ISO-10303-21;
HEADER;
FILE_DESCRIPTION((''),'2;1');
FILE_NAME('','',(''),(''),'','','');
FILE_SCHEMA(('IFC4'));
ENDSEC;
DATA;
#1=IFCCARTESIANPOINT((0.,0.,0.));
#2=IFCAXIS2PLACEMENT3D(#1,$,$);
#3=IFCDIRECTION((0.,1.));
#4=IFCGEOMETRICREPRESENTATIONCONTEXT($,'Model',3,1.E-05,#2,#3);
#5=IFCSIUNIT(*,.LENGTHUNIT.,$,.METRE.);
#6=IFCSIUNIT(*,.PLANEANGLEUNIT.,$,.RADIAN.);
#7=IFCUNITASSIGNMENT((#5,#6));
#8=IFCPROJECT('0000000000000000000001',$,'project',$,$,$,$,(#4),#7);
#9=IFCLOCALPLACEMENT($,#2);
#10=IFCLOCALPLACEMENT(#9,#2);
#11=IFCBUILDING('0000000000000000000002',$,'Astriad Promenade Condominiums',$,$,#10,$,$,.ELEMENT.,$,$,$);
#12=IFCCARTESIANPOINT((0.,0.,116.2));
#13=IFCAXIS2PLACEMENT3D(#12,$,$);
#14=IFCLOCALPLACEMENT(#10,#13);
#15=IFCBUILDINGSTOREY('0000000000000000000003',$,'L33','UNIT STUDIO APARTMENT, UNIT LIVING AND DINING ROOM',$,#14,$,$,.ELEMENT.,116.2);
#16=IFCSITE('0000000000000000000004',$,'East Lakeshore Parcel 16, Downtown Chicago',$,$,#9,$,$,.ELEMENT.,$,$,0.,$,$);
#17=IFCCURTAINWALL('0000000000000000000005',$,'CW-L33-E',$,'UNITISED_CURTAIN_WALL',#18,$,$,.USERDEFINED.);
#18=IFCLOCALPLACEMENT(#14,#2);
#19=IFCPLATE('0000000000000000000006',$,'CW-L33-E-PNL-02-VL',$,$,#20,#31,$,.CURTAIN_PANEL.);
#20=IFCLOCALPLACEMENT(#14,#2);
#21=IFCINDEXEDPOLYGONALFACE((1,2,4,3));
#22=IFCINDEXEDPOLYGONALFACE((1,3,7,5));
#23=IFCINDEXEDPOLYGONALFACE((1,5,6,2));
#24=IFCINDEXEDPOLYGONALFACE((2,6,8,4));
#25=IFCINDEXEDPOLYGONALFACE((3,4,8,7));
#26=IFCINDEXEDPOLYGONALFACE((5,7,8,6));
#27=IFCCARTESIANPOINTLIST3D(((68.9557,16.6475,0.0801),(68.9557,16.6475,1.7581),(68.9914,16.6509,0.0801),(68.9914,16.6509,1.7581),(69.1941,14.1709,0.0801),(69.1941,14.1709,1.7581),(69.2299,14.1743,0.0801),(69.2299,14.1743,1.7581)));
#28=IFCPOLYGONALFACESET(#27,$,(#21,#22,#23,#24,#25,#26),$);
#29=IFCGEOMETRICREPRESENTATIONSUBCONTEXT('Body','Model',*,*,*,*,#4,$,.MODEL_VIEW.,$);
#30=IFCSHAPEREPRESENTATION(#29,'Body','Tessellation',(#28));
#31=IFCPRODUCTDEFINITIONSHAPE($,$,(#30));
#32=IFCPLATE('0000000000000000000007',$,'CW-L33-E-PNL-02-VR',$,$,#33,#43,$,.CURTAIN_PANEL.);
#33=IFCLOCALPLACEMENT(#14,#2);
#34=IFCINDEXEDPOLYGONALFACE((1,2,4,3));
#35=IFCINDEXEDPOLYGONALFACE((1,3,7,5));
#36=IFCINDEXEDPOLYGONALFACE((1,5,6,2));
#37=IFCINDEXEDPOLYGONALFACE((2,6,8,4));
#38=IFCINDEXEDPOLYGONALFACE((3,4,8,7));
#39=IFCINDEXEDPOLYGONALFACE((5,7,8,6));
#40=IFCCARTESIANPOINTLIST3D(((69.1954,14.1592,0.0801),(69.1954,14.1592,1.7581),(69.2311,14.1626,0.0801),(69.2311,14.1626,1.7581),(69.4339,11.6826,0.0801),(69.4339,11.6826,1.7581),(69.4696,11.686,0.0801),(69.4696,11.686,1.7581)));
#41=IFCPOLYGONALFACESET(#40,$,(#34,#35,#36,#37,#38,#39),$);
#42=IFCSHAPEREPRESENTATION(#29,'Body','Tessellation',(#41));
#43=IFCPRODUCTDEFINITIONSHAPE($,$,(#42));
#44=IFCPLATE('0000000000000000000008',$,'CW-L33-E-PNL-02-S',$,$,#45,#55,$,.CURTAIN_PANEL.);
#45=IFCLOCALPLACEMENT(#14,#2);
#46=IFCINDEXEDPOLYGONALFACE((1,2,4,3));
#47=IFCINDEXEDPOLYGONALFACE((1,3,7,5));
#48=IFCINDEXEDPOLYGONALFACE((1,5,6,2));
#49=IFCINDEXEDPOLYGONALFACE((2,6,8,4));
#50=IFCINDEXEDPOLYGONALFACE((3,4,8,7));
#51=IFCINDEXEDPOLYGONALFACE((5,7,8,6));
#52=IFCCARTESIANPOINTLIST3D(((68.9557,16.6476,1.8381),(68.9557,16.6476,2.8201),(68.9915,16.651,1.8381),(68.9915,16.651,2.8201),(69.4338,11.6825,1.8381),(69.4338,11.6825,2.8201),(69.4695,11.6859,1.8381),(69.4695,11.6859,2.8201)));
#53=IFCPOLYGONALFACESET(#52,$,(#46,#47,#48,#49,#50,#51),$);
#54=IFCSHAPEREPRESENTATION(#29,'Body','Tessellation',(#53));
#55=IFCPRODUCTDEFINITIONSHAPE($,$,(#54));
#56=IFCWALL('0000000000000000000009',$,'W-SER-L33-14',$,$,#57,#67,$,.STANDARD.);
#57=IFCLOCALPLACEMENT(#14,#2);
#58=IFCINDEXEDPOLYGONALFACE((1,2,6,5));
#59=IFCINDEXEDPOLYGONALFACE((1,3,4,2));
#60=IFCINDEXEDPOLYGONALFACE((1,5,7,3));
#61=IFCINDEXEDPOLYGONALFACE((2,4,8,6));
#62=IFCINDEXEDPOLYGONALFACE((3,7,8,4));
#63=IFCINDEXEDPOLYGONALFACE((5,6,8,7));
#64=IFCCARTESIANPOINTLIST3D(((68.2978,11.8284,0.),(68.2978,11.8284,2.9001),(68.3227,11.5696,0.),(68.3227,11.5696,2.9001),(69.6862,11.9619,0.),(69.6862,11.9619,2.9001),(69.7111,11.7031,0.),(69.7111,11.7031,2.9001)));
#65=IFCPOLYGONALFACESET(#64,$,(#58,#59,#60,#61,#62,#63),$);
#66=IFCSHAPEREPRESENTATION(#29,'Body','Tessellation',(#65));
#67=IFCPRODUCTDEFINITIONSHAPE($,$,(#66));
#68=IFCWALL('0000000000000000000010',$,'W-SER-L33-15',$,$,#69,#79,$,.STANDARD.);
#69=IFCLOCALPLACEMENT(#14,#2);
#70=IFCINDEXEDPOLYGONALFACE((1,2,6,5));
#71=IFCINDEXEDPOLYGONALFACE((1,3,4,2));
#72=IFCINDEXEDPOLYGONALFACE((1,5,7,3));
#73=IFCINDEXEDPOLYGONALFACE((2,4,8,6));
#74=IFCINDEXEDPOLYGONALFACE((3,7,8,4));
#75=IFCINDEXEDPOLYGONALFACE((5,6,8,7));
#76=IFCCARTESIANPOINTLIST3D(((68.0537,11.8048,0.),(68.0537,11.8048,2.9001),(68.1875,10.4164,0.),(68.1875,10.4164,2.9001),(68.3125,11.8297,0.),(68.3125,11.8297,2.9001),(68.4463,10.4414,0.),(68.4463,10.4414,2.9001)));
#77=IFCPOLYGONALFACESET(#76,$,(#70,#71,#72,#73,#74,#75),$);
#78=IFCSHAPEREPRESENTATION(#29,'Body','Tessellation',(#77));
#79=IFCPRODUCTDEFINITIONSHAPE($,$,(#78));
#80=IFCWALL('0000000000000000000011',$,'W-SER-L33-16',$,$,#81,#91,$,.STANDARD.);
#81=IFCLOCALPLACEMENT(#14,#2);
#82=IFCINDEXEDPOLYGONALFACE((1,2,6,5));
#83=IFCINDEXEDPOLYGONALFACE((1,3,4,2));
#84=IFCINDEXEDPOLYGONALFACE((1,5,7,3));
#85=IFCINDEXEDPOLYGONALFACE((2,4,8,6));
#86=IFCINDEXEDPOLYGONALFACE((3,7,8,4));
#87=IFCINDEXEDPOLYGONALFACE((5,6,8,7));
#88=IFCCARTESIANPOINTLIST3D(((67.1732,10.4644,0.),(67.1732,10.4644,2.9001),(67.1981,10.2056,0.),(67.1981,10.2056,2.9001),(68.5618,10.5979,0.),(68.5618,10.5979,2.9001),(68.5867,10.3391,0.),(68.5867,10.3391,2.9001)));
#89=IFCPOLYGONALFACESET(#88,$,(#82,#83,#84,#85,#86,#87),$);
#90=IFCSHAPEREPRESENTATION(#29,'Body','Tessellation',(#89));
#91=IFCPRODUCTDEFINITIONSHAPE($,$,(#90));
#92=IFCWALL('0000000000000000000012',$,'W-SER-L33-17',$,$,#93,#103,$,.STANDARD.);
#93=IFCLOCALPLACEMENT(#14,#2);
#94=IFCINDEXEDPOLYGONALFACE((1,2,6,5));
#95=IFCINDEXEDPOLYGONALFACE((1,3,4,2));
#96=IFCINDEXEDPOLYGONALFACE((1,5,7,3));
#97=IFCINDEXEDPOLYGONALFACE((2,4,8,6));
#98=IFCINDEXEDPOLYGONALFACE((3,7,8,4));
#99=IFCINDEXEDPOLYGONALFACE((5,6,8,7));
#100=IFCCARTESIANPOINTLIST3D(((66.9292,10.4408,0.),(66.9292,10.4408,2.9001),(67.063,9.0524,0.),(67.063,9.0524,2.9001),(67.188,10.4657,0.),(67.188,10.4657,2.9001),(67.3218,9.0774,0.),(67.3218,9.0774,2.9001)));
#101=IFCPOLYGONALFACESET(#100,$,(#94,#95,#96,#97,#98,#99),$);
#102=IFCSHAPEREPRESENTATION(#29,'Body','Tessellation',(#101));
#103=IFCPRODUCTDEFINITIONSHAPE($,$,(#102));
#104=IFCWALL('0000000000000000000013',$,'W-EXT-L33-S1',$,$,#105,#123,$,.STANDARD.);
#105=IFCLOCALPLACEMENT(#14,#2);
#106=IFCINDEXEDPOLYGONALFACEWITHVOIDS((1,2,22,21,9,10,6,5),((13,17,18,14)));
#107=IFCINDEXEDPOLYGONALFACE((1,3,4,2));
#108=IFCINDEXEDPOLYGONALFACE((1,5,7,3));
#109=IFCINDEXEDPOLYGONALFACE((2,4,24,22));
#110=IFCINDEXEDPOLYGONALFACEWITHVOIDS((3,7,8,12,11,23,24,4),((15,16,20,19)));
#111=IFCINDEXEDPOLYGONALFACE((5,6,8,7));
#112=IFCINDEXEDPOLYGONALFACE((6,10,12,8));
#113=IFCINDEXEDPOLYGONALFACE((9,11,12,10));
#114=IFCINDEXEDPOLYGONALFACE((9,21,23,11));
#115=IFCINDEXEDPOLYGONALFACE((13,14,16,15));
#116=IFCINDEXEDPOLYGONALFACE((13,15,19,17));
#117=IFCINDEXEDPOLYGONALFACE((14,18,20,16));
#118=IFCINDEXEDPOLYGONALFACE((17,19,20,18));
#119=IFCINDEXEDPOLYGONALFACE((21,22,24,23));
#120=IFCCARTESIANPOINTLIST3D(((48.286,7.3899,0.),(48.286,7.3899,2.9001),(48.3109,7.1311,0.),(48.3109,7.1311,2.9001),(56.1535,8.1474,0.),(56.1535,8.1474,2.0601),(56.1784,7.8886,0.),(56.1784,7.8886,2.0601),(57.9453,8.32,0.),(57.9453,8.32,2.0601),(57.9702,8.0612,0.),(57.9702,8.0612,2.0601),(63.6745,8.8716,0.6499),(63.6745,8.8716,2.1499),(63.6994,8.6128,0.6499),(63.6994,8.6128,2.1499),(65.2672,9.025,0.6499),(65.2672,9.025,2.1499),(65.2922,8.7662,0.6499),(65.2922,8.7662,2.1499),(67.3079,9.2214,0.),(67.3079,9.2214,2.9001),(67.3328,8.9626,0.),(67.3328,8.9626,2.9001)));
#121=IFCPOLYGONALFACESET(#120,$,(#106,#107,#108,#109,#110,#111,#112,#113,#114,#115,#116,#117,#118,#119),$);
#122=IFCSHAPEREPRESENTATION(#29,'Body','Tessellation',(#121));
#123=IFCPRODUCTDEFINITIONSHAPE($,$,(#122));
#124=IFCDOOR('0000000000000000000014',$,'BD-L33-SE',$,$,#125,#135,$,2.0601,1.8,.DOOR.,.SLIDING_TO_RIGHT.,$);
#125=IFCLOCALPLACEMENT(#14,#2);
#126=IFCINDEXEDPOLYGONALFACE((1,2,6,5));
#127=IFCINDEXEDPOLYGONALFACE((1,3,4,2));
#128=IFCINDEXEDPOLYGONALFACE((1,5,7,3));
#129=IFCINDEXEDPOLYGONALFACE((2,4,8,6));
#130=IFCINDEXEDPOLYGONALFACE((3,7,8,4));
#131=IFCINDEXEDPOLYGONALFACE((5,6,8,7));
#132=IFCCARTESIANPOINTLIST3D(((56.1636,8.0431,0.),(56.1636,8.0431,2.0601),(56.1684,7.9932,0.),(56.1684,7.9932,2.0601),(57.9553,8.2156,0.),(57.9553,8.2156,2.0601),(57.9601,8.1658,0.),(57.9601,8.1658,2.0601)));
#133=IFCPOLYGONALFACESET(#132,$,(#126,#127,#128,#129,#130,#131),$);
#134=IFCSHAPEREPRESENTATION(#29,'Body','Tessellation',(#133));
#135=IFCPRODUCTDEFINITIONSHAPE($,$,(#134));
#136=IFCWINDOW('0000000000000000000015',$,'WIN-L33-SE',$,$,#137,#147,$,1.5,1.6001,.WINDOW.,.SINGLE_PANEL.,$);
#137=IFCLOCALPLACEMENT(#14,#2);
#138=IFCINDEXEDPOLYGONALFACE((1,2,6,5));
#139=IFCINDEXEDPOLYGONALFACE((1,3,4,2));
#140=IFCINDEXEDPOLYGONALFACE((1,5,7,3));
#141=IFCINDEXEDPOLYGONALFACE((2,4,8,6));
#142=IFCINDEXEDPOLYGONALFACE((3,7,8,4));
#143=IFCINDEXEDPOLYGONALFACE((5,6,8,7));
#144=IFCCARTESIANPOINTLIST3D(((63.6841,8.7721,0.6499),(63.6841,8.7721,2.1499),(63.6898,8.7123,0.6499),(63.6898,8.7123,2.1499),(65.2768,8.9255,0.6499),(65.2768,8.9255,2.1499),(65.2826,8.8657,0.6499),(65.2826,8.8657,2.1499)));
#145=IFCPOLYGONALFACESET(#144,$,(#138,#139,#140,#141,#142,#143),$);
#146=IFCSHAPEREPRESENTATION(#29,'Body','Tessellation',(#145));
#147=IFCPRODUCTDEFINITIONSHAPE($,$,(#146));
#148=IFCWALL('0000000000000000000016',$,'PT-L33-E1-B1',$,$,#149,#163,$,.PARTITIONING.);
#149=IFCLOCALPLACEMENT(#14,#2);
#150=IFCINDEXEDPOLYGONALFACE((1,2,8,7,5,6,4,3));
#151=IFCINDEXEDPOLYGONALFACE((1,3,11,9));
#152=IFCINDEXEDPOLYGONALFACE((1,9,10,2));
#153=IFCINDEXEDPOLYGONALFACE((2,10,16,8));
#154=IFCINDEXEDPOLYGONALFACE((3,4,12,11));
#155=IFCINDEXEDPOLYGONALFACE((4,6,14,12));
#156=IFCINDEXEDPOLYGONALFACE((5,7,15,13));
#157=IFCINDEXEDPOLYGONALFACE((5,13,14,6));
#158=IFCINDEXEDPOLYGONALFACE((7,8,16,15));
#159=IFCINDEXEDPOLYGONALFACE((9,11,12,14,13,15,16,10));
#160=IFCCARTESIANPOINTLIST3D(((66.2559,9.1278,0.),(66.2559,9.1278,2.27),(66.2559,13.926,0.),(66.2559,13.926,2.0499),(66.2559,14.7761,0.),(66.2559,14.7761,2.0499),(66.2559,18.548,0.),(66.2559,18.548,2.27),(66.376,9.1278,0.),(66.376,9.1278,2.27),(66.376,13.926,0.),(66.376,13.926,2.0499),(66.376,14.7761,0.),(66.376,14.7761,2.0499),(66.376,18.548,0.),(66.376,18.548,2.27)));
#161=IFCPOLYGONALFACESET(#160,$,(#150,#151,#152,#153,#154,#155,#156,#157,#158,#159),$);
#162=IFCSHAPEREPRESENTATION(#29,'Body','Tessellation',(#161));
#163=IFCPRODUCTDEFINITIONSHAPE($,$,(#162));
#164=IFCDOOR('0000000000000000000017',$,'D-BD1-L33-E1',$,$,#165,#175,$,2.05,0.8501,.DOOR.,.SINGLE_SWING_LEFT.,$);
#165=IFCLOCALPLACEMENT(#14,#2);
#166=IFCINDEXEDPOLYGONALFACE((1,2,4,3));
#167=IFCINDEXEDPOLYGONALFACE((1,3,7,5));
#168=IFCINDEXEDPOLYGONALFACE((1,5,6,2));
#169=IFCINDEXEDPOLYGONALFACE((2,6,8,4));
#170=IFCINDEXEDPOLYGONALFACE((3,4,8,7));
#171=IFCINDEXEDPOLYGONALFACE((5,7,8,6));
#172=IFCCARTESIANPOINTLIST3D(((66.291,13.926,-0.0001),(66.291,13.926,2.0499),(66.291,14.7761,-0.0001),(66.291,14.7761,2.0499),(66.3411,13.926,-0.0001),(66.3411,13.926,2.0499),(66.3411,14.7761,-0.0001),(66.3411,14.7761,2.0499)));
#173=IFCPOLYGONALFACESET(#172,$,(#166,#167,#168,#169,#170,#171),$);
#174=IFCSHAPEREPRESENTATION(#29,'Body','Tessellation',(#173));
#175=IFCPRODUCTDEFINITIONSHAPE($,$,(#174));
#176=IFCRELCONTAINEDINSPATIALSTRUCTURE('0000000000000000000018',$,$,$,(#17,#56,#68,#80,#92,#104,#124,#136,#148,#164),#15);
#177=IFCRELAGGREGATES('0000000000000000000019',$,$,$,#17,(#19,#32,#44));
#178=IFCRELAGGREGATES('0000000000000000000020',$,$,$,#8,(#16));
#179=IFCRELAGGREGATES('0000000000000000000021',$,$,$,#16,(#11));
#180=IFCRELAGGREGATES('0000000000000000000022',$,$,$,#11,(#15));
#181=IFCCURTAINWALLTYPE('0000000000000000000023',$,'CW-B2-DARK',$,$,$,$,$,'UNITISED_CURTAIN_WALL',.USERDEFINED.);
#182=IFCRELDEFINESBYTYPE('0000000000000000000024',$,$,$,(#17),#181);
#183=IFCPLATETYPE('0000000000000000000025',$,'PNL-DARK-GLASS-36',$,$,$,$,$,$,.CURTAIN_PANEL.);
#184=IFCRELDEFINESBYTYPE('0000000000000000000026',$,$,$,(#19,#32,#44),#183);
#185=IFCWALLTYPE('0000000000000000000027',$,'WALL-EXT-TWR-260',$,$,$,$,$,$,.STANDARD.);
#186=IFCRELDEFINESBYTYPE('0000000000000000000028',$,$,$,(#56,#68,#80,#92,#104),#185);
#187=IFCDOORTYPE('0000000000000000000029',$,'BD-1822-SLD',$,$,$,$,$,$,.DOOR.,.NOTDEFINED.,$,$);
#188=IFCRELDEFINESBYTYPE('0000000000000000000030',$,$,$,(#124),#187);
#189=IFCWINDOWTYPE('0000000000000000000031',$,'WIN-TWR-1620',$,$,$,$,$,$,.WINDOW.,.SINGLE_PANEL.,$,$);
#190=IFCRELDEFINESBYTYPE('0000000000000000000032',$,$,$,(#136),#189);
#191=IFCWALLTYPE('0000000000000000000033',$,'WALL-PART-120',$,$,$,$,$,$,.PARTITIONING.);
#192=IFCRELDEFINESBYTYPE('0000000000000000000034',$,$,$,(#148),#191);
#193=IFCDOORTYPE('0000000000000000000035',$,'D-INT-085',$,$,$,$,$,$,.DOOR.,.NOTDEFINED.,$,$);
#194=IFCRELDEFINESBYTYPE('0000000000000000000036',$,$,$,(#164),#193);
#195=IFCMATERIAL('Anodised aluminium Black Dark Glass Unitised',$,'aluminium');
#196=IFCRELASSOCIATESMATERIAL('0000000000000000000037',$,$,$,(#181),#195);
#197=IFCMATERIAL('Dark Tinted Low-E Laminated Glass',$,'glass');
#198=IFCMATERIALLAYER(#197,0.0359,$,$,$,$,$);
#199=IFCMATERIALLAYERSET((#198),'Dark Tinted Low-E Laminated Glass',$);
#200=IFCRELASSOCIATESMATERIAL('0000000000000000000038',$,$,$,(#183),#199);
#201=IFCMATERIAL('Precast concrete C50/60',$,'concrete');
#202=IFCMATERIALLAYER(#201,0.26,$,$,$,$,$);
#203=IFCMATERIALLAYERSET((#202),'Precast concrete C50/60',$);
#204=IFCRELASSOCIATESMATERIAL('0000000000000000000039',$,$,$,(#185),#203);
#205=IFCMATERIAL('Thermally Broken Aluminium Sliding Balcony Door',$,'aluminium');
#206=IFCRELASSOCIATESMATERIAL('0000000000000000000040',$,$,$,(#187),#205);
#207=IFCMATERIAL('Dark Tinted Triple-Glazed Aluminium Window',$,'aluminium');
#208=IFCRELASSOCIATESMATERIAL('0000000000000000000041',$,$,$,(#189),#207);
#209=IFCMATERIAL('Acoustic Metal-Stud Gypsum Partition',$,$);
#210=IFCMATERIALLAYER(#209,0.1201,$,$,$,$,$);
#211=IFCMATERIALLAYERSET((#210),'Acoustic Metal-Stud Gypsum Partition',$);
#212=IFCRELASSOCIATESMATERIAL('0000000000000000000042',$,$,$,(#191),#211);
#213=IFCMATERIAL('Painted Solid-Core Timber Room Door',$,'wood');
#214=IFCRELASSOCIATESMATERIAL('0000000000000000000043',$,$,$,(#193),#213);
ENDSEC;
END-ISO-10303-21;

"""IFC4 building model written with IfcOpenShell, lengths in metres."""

from ifc_helpers import new_model, si_unit, direction, frame, frame_2d, origin, origin_2d, place, context, subcontext, project, spatial, rectangle, extrude, source, transform, mapped, material, layer, layer_set, type_object, type_shapes, element, fill, aggregate, save


model = new_model("IFC4")

# Units and contexts
model_context = context("Model", 3, precision=1e-05, world=origin(), true_north=direction((0.0, 1.0)))
body_context = subcontext(model_context, "Body", "Model", "MODEL_VIEW")
ifc_project = project(units=[si_unit("LENGTHUNIT", "METRE"), si_unit("PLANEANGLEUNIT", "RADIAN")], contexts=[model_context])

# Site, building, storey
site_placement = place(None, origin())
site = spatial("IfcSite", under=ifc_project, at=site_placement, Name="East Lakeshore Parcel 16, Downtown Chicago", CompositionType="ELEMENT", RefElevation=0.0)
building_placement = place(site_placement, origin())
building = spatial("IfcBuilding", under=site, at=building_placement, Name="Astriad Promenade Condominiums", CompositionType="ELEMENT")
storey_placement = place(building_placement, frame((0.0, 0.0, 116.2)))
storey = spatial("IfcBuildingStorey", under=building, at=storey_placement, Name="L33", Description="UNIT STUDIO APARTMENT, UNIT LIVING AND DINING ROOM", CompositionType="ELEMENT", Elevation=116.2)

# Curtain wall, plates
ifc_material_1 = material(Name="Anodised aluminium Black Dark Glass Unitised", Category="aluminium")
curtain_wall_type = type_object("IfcCurtainWallType", Name="CW-B2-DARK", ElementType="UNITISED_CURTAIN_WALL", PredefinedType="USERDEFINED", material=ifc_material_1)
curtain_wall_placement = place(storey_placement, origin())
curtain_wall = element("IfcCurtainWall", 1, at=curtain_wall_placement, inside=storey, type_object=curtain_wall_type, Name="CW-L33-E", ObjectType="UNITISED_CURTAIN_WALL", PredefinedType="USERDEFINED")
ifc_material_2 = material(Name="Dark Tinted Low-E Laminated Glass", Category="glass")
ifc_layer_1 = layer(ifc_material_2, 0.0359)
ifc_layer_set_1 = layer_set([ifc_layer_1], Name="Dark Tinted Low-E Laminated Glass")
plate_type = type_object("IfcPlateType", Name="PNL-DARK-GLASS-36", PredefinedType="CURTAIN_PANEL", material=ifc_layer_set_1)
shared_shape_1 = source(origin(), body_context, "Body", "SweptSolid", [
    extrude(rectangle(XDim=2.488, YDim=0.0359, at=origin_2d()), origin(), (0.0, 0.0, 1.0), 1.678),
])
plate_1_placement = place(storey_placement, frame((69.0928, 15.4109, 0.0801), z_axis=(0.0, 0.0, 1.0), x_axis=(0.095846, -0.995396, 0.0)))
plate_1 = element("IfcPlate", 2, at=plate_1_placement, type_object=plate_type, Name="CW-L33-E-PNL-02-VL", PredefinedType="CURTAIN_PANEL", context=body_context, shape_type="MappedRepresentation", body=[
    mapped(shared_shape_1, transform((0.0, 0.0, 0.0), scale=1.0)),
])
plate_2_placement = place(storey_placement, frame((69.3325, 12.9226, 0.0801), z_axis=(0.0, 0.0, 1.0), x_axis=(0.095846, -0.995396, 0.0)))
plate_2 = element("IfcPlate", 3, at=plate_2_placement, type_object=plate_type, Name="CW-L33-E-PNL-02-VR", PredefinedType="CURTAIN_PANEL", context=body_context, shape_type="MappedRepresentation", body=[
    mapped(shared_shape_1, transform((0.0, 0.0, 0.0), scale=1.0)),
])
shared_shape_2 = source(origin(), body_context, "Body", "SweptSolid", [
    extrude(rectangle(XDim=4.988, YDim=0.0359, at=origin_2d()), origin(), (0.0, 0.0, 1.0), 0.9819),
])
type_shapes(plate_type, [shared_shape_1, shared_shape_2])
plate_3_placement = place(storey_placement, frame((69.2126, 14.1667, 1.8381), z_axis=(0.0, 0.0, 1.0), x_axis=(0.095846, -0.995396, 0.0)))
plate_3 = element("IfcPlate", 4, at=plate_3_placement, type_object=plate_type, Name="CW-L33-E-PNL-02-S", PredefinedType="CURTAIN_PANEL", context=body_context, shape_type="MappedRepresentation", body=[
    mapped(shared_shape_2, transform((0.0, 0.0, 0.0), scale=1.0)),
])
aggregate(curtain_wall, [plate_1, plate_2, plate_3])

# Walls
ifc_material_3 = material(Name="Precast concrete C50/60", Category="concrete")
ifc_layer_2 = layer(ifc_material_3, 0.26)
ifc_layer_set_2 = layer_set([ifc_layer_2], Name="Precast concrete C50/60")
wall_type_1 = type_object("IfcWallType", Name="WALL-EXT-TWR-260", PredefinedType="STANDARD", material=ifc_layer_set_2)
for number, where, z_axis, x_axis, name in (
    (5, (69.6985, 11.8325, 0.0), (0.0, 0.0, 1.0), (-0.995406, -0.095742, 0.0), "W-SER-L33-14"),
    (6, (68.1831, 11.8171, 0.0), (0.0, 0.0, 1.0), (0.095916, -0.995389, 0.0), "W-SER-L33-15"),
):
    element("IfcWall", number, at=place(storey_placement, frame(where, z_axis=z_axis, x_axis=x_axis)), inside=storey, type_object=wall_type_1, Name=name, PredefinedType="STANDARD", context=body_context, shape_type="SweptSolid", body=[
        extrude(rectangle(XDim=1.3948, YDim=0.26, at=frame_2d((0.6973, 0.0))), origin(), (0.0, 0.0, 1.0), 2.9001),
    ])
wall_1_placement = place(storey_placement, frame((68.5742, 10.4685, 0.0), z_axis=(0.0, 0.0, 1.0), x_axis=(-0.995408, -0.095726, 0.0)))
element("IfcWall", 7, at=wall_1_placement, inside=storey, type_object=wall_type_1, Name="W-SER-L33-16", PredefinedType="STANDARD", context=body_context, shape_type="SweptSolid", body=[
    extrude(rectangle(XDim=1.395, YDim=0.26, at=frame_2d((0.6975, 0.0))), origin(), (0.0, 0.0, 1.0), 2.9001),
])
wall_2_placement = place(storey_placement, frame((67.0586, 10.4531, 0.0), z_axis=(0.0, 0.0, 1.0), x_axis=(0.095916, -0.995389, 0.0)))
element("IfcWall", 8, at=wall_2_placement, inside=storey, type_object=wall_type_1, Name="W-SER-L33-17", PredefinedType="STANDARD", context=body_context, shape_type="SweptSolid", body=[
    extrude(rectangle(XDim=1.3948, YDim=0.26, at=frame_2d((0.6973, 0.0))), origin(), (0.0, 0.0, 1.0), 2.9001),
])

# Wall, openings, door, window
wall_3_placement = place(storey_placement, frame((67.3203, 9.092, 0.0), z_axis=(0.0, 0.0, 1.0), x_axis=(-0.995397, -0.095842, 0.0)))
wall_3 = element("IfcWall", 9, at=wall_3_placement, inside=storey, type_object=wall_type_1, Name="W-EXT-L33-S1", PredefinedType="STANDARD", context=body_context, shape_type="SweptSolid", body=[
    extrude(rectangle(XDim=19.1099, YDim=0.26, at=frame_2d((9.5549, 0.0))), origin(), (0.0, 0.0, 1.0), 2.9001),
])
opening_1_placement = place(wall_3_placement, frame((9.406, 0.0, 0.0)))
opening_1 = element("IfcOpeningElement", 10, at=opening_1_placement, cuts=wall_3, PredefinedType="OPENING", context=body_context, shape_type="SweptSolid", body=[
    extrude(rectangle(XDim=1.8, YDim=2.0601, at=frame_2d((0.8999, 1.03))), frame((0.0, 0.1399, 0.0), z_axis=(0.0, -1.0, 0.0), x_axis=(1.0, 0.0, 0.0)), (0.0, 0.0, 1.0), 0.28),
])
opening_2_placement = place(wall_3_placement, frame((2.05, 0.0, 0.6499)))
opening_2 = element("IfcOpeningElement", 11, at=opening_2_placement, cuts=wall_3, PredefinedType="OPENING", context=body_context, shape_type="SweptSolid", body=[
    extrude(rectangle(XDim=1.6001, YDim=1.5, at=frame_2d((0.8, 0.75))), frame((0.0, 0.1399, 0.0), z_axis=(0.0, -1.0, 0.0), x_axis=(1.0, 0.0, 0.0)), (0.0, 0.0, 1.0), 0.28),
])
ifc_material_4 = material(Name="Thermally Broken Aluminium Sliding Balcony Door", Category="aluminium")
door_type_1 = type_object("IfcDoorType", Name="BD-1822-SLD", OperationType="NOTDEFINED", PredefinedType="DOOR", material=ifc_material_4)
shared_shape_3 = source(origin(), body_context, "Body", "SweptSolid", [
    extrude(rectangle(XDim=1.8, YDim=2.0601, at=frame_2d((0.8999, 1.03))), frame((0.0, 0.0249, 0.0), z_axis=(0.0, -1.0, 0.0), x_axis=(1.0, 0.0, 0.0)), (0.0, 0.0, 1.0), 0.05),
])
type_shapes(door_type_1, [shared_shape_3])
door_1_placement = place(opening_1_placement, origin())
door_1 = element("IfcDoor", 12, at=door_1_placement, inside=storey, type_object=door_type_1, Name="BD-L33-SE", OperationType="SLIDING_TO_RIGHT", OverallHeight=2.0601, OverallWidth=1.8, PredefinedType="DOOR", context=body_context, shape_type="MappedRepresentation", body=[
    mapped(shared_shape_3, transform((0.0, 0.0, 0.0), scale=1.0)),
])
fill(opening_1, door_1)
ifc_material_5 = material(Name="Dark Tinted Triple-Glazed Aluminium Window", Category="aluminium")
window_type = type_object("IfcWindowType", Name="WIN-TWR-1620", PartitioningType="SINGLE_PANEL", PredefinedType="WINDOW", material=ifc_material_5)
shared_shape_4 = source(origin(), body_context, "Body", "SweptSolid", [
    extrude(rectangle(XDim=1.6001, YDim=1.5, at=frame_2d((0.8, 0.75))), frame((0.0, 0.03, 0.0), z_axis=(0.0, -1.0, 0.0), x_axis=(1.0, 0.0, 0.0)), (0.0, 0.0, 1.0), 0.0601),
])
type_shapes(window_type, [shared_shape_4])
window_placement = place(opening_2_placement, origin())
window = element("IfcWindow", 13, at=window_placement, inside=storey, type_object=window_type, Name="WIN-L33-SE", OverallHeight=1.5, OverallWidth=1.6001, PartitioningType="SINGLE_PANEL", PredefinedType="WINDOW", context=body_context, shape_type="MappedRepresentation", body=[
    mapped(shared_shape_4, transform((0.0, 0.0, 0.0), scale=1.0)),
])
fill(opening_2, window)

# Wall, opening, door
ifc_material_6 = material(Name="Acoustic Metal-Stud Gypsum Partition")
ifc_layer_3 = layer(ifc_material_6, 0.1201)
ifc_layer_set_3 = layer_set([ifc_layer_3], Name="Acoustic Metal-Stud Gypsum Partition")
wall_type_2 = type_object("IfcWallType", Name="WALL-PART-120", PredefinedType="PARTITIONING", material=ifc_layer_set_3)
wall_4_placement = place(storey_placement, frame((66.3159, 9.1279, 0.0), z_axis=(0.0, 0.0, 1.0), x_axis=(0.0, 1.0, 0.0)))
wall_4 = element("IfcWall", 14, at=wall_4_placement, inside=storey, type_object=wall_type_2, Name="PT-L33-E1-B1", PredefinedType="PARTITIONING", context=body_context, shape_type="SweptSolid", body=[
    extrude(rectangle(XDim=9.4202, YDim=0.1201, at=frame_2d((4.71, 0.0))), origin(), (0.0, 0.0, 1.0), 2.27),
])
opening_3_placement = place(wall_4_placement, frame((4.7981, 0.0, 0.0)))
opening_3 = element("IfcOpeningElement", 15, at=opening_3_placement, cuts=wall_4, PredefinedType="OPENING", context=body_context, shape_type="SweptSolid", body=[
    extrude(rectangle(XDim=0.8501, YDim=2.05, at=frame_2d((0.425, 1.0249))), frame((0.0, 0.0701, 0.0), z_axis=(0.0, -1.0, 0.0), x_axis=(1.0, 0.0, 0.0)), (0.0, 0.0, 1.0), 0.1401),
])
ifc_material_7 = material(Name="Painted Solid-Core Timber Room Door", Category="wood")
door_type_2 = type_object("IfcDoorType", Name="D-INT-085", OperationType="NOTDEFINED", PredefinedType="DOOR", material=ifc_material_7)
shared_shape_5 = source(origin(), body_context, "Body", "SweptSolid", [
    extrude(rectangle(XDim=0.8501, YDim=2.05, at=frame_2d((0.425, 1.0249))), frame((0.0, 0.0249, 0.0), z_axis=(0.0, -1.0, 0.0), x_axis=(1.0, 0.0, 0.0)), (0.0, 0.0, 1.0), 0.05),
])
type_shapes(door_type_2, [shared_shape_5])
door_2_placement = place(opening_3_placement, origin())
door_2 = element("IfcDoor", 16, at=door_2_placement, inside=storey, type_object=door_type_2, Name="D-BD1-L33-E1", OperationType="SINGLE_SWING_LEFT", OverallHeight=2.05, OverallWidth=0.8501, PredefinedType="DOOR", context=body_context, shape_type="MappedRepresentation", body=[
    mapped(shared_shape_5, transform((0.0, 0.0, 0.0), scale=1.0)),
])
fill(opening_3, door_2)

save(model, "model.ifc")
